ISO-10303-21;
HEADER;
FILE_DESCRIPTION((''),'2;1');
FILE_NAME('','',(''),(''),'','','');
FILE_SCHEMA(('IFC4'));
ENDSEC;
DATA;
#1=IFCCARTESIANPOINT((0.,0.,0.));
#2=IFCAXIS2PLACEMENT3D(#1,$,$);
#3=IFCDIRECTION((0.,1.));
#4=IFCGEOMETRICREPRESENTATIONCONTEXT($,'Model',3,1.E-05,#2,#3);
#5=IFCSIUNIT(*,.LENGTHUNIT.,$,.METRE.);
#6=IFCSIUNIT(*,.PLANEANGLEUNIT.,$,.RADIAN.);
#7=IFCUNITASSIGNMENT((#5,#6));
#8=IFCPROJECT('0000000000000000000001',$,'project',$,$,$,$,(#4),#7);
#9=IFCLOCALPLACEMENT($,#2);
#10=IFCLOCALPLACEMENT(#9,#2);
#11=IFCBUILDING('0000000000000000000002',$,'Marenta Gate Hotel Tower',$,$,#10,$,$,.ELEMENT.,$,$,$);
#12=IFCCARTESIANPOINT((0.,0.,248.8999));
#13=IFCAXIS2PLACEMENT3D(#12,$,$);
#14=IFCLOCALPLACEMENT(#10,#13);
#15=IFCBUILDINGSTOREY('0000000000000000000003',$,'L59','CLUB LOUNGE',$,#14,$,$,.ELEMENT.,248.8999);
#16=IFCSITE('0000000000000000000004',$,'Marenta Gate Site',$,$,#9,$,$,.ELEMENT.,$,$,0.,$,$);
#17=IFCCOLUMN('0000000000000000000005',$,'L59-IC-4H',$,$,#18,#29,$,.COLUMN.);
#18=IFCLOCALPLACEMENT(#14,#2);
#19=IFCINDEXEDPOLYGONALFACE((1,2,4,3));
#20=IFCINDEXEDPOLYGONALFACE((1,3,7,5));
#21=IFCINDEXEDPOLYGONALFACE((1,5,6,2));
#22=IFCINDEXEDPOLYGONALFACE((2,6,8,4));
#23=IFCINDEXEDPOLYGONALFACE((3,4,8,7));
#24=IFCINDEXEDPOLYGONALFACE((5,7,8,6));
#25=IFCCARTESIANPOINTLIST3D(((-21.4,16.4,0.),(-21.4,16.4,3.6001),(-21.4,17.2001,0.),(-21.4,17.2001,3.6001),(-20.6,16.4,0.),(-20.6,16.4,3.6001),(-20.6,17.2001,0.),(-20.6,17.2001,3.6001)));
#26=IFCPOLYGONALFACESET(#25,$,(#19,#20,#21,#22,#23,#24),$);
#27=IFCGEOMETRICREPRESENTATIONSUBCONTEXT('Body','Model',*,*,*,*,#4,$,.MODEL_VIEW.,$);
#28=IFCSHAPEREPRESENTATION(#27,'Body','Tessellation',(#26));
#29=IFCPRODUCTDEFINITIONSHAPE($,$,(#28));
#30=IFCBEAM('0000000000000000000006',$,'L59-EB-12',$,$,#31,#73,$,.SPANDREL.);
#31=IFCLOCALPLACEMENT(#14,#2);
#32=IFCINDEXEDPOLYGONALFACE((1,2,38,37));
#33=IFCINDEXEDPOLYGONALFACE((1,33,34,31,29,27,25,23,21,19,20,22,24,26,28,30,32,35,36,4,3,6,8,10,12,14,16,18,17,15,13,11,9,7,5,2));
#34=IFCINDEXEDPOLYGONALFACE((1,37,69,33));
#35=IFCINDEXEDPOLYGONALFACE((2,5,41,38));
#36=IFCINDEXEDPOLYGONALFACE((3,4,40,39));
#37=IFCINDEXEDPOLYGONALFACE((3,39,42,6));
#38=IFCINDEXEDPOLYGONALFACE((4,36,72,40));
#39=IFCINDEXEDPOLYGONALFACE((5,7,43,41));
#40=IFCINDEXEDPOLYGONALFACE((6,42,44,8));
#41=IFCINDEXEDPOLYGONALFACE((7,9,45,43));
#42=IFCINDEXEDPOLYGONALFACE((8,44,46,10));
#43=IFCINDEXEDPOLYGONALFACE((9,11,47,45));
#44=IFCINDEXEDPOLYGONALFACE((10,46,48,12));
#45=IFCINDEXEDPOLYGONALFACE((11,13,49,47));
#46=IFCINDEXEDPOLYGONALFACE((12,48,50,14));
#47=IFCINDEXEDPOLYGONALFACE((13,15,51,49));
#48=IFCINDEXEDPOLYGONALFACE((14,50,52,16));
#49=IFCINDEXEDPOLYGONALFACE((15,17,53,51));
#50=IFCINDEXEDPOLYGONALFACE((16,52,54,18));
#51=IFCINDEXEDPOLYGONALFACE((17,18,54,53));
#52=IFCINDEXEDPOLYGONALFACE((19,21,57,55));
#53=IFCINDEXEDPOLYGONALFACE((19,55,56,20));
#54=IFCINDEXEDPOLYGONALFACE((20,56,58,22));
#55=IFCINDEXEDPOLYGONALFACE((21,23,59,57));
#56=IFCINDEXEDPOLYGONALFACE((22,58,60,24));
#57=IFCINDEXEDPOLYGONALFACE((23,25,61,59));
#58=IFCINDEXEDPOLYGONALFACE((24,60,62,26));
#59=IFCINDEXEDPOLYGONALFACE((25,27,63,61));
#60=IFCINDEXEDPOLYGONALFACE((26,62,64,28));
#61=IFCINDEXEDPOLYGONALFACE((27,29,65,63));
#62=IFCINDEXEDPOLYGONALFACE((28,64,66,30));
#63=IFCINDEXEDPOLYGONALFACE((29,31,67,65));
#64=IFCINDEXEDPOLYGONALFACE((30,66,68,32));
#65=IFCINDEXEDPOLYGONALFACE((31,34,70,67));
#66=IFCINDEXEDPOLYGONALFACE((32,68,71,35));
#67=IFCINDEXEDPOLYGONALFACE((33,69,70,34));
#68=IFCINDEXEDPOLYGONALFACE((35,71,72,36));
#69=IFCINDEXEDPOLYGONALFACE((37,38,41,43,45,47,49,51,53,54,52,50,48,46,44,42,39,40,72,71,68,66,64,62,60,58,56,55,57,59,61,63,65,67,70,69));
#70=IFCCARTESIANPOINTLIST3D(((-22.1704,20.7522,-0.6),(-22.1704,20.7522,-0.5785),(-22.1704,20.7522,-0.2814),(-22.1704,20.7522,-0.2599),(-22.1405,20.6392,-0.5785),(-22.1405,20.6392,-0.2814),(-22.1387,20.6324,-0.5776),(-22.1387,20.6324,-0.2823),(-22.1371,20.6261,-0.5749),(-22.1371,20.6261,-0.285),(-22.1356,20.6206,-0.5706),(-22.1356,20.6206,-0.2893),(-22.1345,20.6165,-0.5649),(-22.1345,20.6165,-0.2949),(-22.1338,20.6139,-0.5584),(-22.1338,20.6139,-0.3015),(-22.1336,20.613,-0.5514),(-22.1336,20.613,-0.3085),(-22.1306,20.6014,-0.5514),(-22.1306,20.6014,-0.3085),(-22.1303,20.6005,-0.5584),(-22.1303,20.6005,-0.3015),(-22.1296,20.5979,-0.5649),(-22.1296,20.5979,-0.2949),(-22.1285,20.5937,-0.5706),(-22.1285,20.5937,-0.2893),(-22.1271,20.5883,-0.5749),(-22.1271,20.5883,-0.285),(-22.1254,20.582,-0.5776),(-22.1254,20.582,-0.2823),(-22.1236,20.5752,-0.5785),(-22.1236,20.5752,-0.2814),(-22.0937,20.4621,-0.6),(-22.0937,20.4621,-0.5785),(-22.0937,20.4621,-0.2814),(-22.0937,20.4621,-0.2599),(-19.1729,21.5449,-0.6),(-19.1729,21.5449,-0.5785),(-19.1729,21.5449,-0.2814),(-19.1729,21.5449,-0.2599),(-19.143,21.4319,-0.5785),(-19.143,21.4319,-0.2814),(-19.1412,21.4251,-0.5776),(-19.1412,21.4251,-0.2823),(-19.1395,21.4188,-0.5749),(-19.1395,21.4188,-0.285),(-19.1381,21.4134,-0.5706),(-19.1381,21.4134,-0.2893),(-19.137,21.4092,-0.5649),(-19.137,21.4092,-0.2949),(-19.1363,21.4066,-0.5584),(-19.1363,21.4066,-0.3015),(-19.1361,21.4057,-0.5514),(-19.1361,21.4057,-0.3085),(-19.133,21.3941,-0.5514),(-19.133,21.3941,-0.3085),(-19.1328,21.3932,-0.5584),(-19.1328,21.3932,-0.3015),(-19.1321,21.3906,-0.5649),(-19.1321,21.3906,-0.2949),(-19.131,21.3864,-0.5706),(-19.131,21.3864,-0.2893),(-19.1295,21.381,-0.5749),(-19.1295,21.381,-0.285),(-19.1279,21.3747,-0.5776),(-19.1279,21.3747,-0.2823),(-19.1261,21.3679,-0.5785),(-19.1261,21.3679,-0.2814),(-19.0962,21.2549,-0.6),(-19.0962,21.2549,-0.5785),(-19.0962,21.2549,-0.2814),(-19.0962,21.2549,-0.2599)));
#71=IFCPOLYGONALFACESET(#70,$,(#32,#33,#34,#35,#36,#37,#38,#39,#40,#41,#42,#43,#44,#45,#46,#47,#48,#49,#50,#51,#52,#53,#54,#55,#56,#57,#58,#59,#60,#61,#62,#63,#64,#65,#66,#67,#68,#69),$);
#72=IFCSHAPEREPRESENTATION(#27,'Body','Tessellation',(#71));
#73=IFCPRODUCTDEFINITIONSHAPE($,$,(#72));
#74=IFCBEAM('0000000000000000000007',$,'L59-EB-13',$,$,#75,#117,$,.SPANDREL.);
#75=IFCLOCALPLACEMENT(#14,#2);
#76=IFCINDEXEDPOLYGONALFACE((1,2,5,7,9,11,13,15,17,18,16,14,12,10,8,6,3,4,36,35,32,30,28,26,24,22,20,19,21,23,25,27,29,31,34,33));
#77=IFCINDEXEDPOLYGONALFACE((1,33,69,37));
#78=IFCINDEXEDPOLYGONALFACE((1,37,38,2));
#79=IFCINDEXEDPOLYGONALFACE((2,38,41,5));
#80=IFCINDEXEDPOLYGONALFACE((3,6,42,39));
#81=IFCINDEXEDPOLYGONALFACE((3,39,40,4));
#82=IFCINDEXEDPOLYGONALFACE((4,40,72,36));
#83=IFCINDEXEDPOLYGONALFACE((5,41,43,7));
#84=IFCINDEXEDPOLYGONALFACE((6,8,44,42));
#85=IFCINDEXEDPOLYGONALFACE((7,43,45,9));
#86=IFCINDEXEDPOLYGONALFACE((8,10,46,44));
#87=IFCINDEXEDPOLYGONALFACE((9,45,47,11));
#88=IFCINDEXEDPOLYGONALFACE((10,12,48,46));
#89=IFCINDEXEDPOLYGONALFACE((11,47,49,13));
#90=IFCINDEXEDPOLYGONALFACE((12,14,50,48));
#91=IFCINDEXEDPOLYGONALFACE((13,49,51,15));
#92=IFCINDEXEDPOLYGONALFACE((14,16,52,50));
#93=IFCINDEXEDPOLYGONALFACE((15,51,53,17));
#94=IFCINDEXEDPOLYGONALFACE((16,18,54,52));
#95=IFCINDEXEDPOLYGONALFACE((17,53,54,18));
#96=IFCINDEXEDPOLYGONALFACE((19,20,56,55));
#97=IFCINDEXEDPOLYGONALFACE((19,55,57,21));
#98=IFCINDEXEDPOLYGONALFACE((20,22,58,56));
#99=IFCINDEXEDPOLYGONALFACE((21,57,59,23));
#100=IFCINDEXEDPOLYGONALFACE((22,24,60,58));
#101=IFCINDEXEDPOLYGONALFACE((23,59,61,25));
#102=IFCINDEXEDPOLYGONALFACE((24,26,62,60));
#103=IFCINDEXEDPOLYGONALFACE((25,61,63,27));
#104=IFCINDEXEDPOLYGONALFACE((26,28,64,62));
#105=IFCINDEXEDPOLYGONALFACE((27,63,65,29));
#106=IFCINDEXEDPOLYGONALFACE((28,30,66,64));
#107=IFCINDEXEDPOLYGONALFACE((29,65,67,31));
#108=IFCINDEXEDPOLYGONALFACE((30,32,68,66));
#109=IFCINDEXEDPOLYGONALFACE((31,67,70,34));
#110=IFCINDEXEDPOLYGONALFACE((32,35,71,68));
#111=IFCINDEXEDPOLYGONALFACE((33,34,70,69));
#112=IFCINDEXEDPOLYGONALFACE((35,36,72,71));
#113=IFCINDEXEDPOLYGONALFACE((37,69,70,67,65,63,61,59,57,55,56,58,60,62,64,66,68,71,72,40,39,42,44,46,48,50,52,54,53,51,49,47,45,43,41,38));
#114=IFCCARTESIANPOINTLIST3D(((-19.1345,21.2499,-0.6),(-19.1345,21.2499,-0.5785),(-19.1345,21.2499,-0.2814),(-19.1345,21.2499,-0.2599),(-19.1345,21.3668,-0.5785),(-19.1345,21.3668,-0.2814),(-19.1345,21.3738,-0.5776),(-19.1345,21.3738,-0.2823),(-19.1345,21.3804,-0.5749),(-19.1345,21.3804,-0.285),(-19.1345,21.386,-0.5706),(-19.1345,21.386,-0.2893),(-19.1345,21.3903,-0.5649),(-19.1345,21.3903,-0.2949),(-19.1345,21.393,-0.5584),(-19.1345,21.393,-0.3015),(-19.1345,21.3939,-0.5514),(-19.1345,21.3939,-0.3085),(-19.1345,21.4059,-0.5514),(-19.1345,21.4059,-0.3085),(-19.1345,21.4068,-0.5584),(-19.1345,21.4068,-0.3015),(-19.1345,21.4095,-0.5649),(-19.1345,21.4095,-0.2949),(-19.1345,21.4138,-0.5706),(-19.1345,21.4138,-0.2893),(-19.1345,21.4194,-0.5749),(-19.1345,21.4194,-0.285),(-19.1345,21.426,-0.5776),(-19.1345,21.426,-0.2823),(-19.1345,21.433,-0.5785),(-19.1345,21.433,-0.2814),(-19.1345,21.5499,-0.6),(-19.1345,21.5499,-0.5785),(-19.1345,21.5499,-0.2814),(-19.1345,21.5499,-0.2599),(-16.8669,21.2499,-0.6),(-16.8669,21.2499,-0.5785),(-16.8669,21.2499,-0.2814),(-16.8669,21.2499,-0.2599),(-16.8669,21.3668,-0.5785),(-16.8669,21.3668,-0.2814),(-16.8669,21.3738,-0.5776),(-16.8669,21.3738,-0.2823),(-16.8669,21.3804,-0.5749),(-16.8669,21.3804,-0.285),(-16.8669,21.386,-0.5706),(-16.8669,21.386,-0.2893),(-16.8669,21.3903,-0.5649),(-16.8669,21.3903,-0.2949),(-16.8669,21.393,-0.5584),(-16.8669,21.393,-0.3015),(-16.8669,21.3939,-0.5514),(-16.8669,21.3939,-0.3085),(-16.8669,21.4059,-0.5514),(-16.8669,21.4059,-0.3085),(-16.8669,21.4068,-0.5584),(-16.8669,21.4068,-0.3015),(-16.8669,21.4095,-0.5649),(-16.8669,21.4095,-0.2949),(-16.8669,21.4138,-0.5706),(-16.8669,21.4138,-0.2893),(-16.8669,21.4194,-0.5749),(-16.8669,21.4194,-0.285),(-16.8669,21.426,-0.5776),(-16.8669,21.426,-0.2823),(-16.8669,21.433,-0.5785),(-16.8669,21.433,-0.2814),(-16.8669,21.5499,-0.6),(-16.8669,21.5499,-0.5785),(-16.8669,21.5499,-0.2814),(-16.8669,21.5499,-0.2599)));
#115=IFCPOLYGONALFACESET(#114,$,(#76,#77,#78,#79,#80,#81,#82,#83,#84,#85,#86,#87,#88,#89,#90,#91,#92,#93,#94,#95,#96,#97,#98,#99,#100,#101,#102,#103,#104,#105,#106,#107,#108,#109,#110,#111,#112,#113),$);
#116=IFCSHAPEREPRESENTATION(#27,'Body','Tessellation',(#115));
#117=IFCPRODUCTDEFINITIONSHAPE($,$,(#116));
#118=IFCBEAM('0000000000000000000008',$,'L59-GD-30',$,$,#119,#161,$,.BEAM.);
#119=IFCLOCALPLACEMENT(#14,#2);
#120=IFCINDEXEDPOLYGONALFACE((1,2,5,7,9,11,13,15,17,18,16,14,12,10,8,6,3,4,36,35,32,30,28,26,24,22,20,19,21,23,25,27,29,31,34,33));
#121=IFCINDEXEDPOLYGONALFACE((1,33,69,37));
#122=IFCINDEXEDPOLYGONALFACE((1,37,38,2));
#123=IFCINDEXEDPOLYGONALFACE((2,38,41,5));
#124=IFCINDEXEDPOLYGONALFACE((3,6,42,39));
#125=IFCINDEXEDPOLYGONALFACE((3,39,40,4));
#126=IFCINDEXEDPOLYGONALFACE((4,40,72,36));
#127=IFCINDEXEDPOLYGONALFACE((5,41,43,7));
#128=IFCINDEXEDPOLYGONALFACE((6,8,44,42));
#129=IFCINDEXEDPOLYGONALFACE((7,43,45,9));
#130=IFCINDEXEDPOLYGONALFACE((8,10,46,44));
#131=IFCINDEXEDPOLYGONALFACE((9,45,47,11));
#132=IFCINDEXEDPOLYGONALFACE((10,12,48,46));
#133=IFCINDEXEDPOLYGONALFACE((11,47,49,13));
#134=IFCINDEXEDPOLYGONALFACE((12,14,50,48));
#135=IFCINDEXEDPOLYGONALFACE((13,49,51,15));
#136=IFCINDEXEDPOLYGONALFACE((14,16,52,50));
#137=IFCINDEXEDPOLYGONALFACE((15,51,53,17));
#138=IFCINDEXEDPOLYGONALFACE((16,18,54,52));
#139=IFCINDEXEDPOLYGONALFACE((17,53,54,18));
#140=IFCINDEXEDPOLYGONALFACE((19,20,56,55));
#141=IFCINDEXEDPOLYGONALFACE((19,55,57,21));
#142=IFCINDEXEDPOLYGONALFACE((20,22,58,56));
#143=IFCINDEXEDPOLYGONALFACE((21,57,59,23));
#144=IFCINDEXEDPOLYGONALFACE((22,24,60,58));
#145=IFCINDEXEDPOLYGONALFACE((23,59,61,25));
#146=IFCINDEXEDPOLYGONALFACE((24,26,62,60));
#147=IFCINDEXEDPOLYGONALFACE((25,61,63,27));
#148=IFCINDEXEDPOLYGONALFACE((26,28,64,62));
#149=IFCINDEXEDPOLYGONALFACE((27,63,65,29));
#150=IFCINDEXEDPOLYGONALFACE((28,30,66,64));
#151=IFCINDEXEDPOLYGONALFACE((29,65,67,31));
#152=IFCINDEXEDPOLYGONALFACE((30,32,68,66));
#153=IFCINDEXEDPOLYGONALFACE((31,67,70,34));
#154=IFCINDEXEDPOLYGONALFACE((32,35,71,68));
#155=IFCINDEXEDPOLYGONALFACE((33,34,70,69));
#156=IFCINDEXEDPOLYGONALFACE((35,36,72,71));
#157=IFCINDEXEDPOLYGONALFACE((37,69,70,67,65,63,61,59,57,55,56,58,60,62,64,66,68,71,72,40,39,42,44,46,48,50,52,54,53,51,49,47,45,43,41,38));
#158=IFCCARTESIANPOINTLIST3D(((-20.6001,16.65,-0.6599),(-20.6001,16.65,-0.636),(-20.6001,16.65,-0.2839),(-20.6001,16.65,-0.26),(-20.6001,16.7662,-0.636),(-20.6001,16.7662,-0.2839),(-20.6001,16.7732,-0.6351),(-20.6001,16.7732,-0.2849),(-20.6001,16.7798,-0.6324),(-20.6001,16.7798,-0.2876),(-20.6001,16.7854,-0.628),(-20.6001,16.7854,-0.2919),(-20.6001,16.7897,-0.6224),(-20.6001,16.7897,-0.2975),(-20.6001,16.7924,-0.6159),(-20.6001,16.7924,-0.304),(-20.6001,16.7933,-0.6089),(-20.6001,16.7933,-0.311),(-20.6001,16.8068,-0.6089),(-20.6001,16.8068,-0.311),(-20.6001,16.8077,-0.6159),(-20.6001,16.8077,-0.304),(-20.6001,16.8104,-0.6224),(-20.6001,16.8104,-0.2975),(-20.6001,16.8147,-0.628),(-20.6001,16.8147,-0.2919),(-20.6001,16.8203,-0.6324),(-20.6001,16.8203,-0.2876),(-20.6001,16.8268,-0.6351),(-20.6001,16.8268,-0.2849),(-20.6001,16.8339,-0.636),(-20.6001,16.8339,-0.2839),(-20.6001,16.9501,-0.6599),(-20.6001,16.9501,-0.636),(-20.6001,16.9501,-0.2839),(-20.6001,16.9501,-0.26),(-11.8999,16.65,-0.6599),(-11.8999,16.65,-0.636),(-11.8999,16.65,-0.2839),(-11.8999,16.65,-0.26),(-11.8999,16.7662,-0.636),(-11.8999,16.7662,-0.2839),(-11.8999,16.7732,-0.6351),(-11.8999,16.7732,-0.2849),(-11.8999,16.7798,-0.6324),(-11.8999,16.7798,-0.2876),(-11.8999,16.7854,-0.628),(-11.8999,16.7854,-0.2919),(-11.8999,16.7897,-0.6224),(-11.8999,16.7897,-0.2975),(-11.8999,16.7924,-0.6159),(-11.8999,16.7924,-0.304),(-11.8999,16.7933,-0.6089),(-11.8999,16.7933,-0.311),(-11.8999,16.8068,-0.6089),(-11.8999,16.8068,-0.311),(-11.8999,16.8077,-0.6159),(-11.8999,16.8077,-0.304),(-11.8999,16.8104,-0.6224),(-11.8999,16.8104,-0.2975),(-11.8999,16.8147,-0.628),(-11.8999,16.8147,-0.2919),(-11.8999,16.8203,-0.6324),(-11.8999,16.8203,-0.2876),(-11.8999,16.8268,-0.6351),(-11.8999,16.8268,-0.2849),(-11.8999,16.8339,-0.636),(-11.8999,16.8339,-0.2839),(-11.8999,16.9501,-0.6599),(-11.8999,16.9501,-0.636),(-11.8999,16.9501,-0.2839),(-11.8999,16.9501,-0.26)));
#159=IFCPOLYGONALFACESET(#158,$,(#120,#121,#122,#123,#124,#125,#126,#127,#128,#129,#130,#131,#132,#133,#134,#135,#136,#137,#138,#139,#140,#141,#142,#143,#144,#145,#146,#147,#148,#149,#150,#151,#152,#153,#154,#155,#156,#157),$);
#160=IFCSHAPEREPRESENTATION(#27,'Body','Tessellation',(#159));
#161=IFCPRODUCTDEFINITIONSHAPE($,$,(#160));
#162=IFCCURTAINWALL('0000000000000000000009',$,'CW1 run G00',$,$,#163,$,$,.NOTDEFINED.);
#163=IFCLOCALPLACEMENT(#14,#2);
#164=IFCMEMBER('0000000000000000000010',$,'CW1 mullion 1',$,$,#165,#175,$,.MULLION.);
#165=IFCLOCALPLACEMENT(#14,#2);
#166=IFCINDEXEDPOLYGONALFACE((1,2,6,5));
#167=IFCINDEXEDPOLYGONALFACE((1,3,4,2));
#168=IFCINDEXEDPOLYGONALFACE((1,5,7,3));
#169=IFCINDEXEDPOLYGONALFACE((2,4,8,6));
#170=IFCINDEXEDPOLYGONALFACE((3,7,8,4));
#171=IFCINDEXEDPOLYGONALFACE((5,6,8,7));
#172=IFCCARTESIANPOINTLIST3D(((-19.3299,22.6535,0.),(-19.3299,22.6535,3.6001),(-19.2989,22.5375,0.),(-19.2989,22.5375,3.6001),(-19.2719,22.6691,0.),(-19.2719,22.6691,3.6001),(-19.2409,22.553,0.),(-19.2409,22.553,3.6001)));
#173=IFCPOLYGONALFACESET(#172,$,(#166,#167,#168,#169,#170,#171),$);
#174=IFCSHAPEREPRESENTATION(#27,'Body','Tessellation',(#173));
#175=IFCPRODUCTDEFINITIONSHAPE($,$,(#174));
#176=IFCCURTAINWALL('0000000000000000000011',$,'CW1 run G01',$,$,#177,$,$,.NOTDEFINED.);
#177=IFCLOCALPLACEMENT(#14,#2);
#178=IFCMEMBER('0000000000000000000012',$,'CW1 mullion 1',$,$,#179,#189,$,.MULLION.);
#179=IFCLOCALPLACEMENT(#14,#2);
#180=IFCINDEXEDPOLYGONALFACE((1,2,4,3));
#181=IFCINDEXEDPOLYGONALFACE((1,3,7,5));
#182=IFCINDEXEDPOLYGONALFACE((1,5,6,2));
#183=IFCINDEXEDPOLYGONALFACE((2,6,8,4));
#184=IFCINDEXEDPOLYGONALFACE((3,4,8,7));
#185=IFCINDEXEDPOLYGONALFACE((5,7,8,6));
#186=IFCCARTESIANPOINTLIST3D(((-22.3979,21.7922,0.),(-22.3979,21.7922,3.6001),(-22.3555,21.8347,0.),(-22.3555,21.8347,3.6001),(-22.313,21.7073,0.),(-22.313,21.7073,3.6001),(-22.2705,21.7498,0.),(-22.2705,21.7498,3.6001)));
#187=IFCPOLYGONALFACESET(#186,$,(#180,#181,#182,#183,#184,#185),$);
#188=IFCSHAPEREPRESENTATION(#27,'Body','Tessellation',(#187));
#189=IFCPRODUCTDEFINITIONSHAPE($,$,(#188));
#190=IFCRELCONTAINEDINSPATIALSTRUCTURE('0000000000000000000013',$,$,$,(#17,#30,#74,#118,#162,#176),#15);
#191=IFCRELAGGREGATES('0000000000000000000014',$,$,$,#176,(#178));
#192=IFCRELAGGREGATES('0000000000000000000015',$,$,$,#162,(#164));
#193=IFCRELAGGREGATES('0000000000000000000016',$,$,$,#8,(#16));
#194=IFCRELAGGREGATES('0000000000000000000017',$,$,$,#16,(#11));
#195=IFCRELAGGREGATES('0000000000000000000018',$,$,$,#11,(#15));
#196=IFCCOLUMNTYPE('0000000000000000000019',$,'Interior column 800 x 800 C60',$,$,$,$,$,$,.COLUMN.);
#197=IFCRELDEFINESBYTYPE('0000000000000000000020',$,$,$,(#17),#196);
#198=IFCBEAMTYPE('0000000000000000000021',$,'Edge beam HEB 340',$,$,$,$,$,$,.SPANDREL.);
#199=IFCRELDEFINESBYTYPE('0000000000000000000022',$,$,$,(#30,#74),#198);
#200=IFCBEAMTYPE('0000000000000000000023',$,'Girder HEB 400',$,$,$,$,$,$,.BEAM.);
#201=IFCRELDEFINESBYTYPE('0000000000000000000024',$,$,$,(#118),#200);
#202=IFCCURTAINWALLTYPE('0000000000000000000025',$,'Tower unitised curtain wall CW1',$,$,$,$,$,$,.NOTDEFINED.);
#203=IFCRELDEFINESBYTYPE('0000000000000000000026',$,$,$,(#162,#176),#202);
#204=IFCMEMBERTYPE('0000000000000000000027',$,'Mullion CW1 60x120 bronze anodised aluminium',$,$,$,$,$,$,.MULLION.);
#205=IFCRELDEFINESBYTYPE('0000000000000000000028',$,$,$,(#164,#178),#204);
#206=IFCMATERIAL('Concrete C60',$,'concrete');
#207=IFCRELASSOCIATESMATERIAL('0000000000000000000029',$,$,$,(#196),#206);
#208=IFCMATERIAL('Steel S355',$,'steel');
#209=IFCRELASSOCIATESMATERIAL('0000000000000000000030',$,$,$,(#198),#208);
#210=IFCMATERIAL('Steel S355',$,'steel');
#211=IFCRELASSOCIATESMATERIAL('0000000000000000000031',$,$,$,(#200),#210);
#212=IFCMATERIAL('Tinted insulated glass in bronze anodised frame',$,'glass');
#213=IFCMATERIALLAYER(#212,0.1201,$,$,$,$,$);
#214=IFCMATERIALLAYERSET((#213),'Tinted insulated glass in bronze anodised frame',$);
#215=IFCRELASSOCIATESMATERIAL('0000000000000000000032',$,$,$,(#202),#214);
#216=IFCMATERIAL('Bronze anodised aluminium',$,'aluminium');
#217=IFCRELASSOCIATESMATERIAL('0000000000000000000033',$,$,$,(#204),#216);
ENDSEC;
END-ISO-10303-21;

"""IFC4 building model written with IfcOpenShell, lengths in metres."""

from ifc_helpers import new_model, si_unit, direction, frame, origin, origin_2d, place, context, subcontext, project, spatial, rectangle, i_section, extrude, material, layer, layer_set, material_profile, profile_set, type_object, element, aggregate, save


model = new_model("IFC4")

# Units and contexts
model_context = context("Model", 3, precision=1e-05, world=origin(), true_north=direction((0.0, 1.0)))
body_context = subcontext(model_context, "Body", "Model", "MODEL_VIEW")
ifc_project = project(units=[si_unit("LENGTHUNIT", "METRE"), si_unit("PLANEANGLEUNIT", "RADIAN")], contexts=[model_context])

# Site, building, storey
site_placement = place(None, origin())
site = spatial("IfcSite", under=ifc_project, at=site_placement, Name="Marenta Gate Site", CompositionType="ELEMENT", RefElevation=0.0)
building_placement = place(site_placement, origin())
building = spatial("IfcBuilding", under=site, at=building_placement, Name="Marenta Gate Hotel Tower", CompositionType="ELEMENT")
storey_placement = place(building_placement, frame((0.0, 0.0, 248.8999)))
storey = spatial("IfcBuildingStorey", under=building, at=storey_placement, Name="L59", Description="CLUB LOUNGE", CompositionType="ELEMENT", Elevation=248.8999)

# Column
ifc_material_1 = material(Name="Concrete C60", Category="concrete")
ifc_material_profile_1 = material_profile(ifc_material_1, rectangle(XDim=0.8, YDim=0.8, at=origin_2d()), Name="800 x 800")
ifc_profile_set_1 = profile_set([ifc_material_profile_1], Name="Concrete C60")
column_type = type_object("IfcColumnType", Name="Interior column 800 x 800 C60", PredefinedType="COLUMN", material=ifc_profile_set_1)
column_placement = place(storey_placement, frame((-21.0, 16.8, 0.0), z_axis=(0.0, 0.0, 1.0), x_axis=(1.0, 0.0, 0.0)))
element("IfcColumn", 1, at=column_placement, inside=storey, type_object=column_type, Name="L59-IC-4H", PredefinedType="COLUMN", context=body_context, shape_type="SweptSolid", body=[
    extrude(rectangle(XDim=0.8, YDim=0.8, at=origin_2d()), origin(), (0.0, 0.0, 1.0), 3.6001),
])

# Beams
ifc_material_2 = material(Name="Steel S355", Category="steel")
ifc_material_profile_2 = material_profile(ifc_material_2, i_section(OverallWidth=0.3, OverallDepth=0.3401, WebThickness=0.012, FlangeThickness=0.0215, FilletRadius=0.0271, at=origin_2d()), Name="HEB 340")
ifc_profile_set_2 = profile_set([ifc_material_profile_2], Name="Steel S355")
beam_type_1 = type_object("IfcBeamType", Name="Edge beam HEB 340", PredefinedType="SPANDREL", material=ifc_profile_set_2)
beam_1_placement = place(storey_placement, frame((-22.1321, 20.6072, -0.4299), z_axis=(0.966765, 0.255667, 0.0), x_axis=(-0.255667, 0.966765, 0.0)))
element("IfcBeam", 2, at=beam_1_placement, inside=storey, type_object=beam_type_1, Name="L59-EB-12", PredefinedType="SPANDREL", context=body_context, shape_type="SweptSolid", body=[
    extrude(i_section(OverallWidth=0.3, OverallDepth=0.3401, WebThickness=0.012, FlangeThickness=0.0215, FilletRadius=0.0271, at=origin_2d()), origin(), (0.0, 0.0, 1.0), 3.1006),
])
beam_2_placement = place(storey_placement, frame((-19.1345, 21.3999, -0.4299), z_axis=(1.0, 0.0, 0.0), x_axis=(0.0, 1.0, 0.0)))
element("IfcBeam", 3, at=beam_2_placement, inside=storey, type_object=beam_type_1, Name="L59-EB-13", PredefinedType="SPANDREL", context=body_context, shape_type="SweptSolid", body=[
    extrude(i_section(OverallWidth=0.3, OverallDepth=0.3401, WebThickness=0.012, FlangeThickness=0.0215, FilletRadius=0.0271, at=origin_2d()), origin(), (0.0, 0.0, 1.0), 2.2676),
])
ifc_material_3 = material(Name="Steel S355", Category="steel")
ifc_material_profile_3 = material_profile(ifc_material_3, i_section(OverallWidth=0.3, OverallDepth=0.3999, WebThickness=0.0134, FlangeThickness=0.0239, FilletRadius=0.0271, at=origin_2d()), Name="HEB 400")
ifc_profile_set_3 = profile_set([ifc_material_profile_3], Name="Steel S355")
beam_type_2 = type_object("IfcBeamType", Name="Girder HEB 400", PredefinedType="BEAM", material=ifc_profile_set_3)
beam_3_placement = place(storey_placement, frame((-20.6001, 16.8, -0.46), z_axis=(1.0, 0.0, 0.0), x_axis=(0.0, 1.0, 0.0)))
element("IfcBeam", 4, at=beam_3_placement, inside=storey, type_object=beam_type_2, Name="L59-GD-30", PredefinedType="BEAM", context=body_context, shape_type="SweptSolid", body=[
    extrude(i_section(OverallWidth=0.3, OverallDepth=0.3999, WebThickness=0.0134, FlangeThickness=0.0239, FilletRadius=0.0271, at=origin_2d()), origin(), (0.0, 0.0, 1.0), 8.7002),
])

# Curtain walls, members
ifc_material_4 = material(Name="Tinted insulated glass in bronze anodised frame", Category="glass")
ifc_layer_1 = layer(ifc_material_4, 0.1201)
ifc_layer_set_1 = layer_set([ifc_layer_1], Name="Tinted insulated glass in bronze anodised frame")
curtain_wall_type = type_object("IfcCurtainWallType", Name="Tower unitised curtain wall CW1", PredefinedType="NOTDEFINED", material=ifc_layer_set_1)
curtain_wall_1_placement = place(storey_placement, origin())
curtain_wall_1 = element("IfcCurtainWall", 5, at=curtain_wall_1_placement, inside=storey, type_object=curtain_wall_type, Name="CW1 run G00", PredefinedType="NOTDEFINED")
ifc_material_5 = material(Name="Bronze anodised aluminium", Category="aluminium")
ifc_material_profile_4 = material_profile(ifc_material_5, rectangle(XDim=0.1201, YDim=0.0601, at=origin_2d()), Name="Mullion CW1 60x120 bronze anodised aluminium")
ifc_profile_set_4 = profile_set([ifc_material_profile_4], Name="Bronze anodised aluminium")
member_type_1 = type_object("IfcMemberType", Name="Mullion CW1 60x120 bronze anodised aluminium", PredefinedType="MULLION", material=ifc_profile_set_4)
member_1_placement = place(storey_placement, frame((-19.2854, 22.6033, 0.0), z_axis=(0.0, 0.0, 1.0), x_axis=(0.258801, -0.965931, 0.0)))
member_1 = element("IfcMember", 6, at=member_1_placement, type_object=member_type_1, Name="CW1 mullion 1", PredefinedType="MULLION", context=body_context, shape_type="SweptSolid", body=[
    extrude(rectangle(XDim=0.1201, YDim=0.0601, at=origin_2d()), origin(), (0.0, 0.0, 1.0), 3.6001),
])
curtain_wall_2_placement = place(storey_placement, origin())
curtain_wall_2 = element("IfcCurtainWall", 7, at=curtain_wall_2_placement, inside=storey, type_object=curtain_wall_type, Name="CW1 run G01", PredefinedType="NOTDEFINED")
member_2_placement = place(storey_placement, frame((-22.3342, 21.771, 0.0), z_axis=(0.0, 0.0, 1.0), x_axis=(0.707107, -0.707107, 0.0)))
member_2 = element("IfcMember", 8, at=member_2_placement, type_object=member_type_1, Name="CW1 mullion 1", PredefinedType="MULLION", context=body_context, shape_type="SweptSolid", body=[
    extrude(rectangle(XDim=0.1201, YDim=0.0601, at=origin_2d()), origin(), (0.0, 0.0, 1.0), 3.6001),
])

aggregate(curtain_wall_2, [member_2])

aggregate(curtain_wall_1, [member_1])

save(model, "model.ifc")
